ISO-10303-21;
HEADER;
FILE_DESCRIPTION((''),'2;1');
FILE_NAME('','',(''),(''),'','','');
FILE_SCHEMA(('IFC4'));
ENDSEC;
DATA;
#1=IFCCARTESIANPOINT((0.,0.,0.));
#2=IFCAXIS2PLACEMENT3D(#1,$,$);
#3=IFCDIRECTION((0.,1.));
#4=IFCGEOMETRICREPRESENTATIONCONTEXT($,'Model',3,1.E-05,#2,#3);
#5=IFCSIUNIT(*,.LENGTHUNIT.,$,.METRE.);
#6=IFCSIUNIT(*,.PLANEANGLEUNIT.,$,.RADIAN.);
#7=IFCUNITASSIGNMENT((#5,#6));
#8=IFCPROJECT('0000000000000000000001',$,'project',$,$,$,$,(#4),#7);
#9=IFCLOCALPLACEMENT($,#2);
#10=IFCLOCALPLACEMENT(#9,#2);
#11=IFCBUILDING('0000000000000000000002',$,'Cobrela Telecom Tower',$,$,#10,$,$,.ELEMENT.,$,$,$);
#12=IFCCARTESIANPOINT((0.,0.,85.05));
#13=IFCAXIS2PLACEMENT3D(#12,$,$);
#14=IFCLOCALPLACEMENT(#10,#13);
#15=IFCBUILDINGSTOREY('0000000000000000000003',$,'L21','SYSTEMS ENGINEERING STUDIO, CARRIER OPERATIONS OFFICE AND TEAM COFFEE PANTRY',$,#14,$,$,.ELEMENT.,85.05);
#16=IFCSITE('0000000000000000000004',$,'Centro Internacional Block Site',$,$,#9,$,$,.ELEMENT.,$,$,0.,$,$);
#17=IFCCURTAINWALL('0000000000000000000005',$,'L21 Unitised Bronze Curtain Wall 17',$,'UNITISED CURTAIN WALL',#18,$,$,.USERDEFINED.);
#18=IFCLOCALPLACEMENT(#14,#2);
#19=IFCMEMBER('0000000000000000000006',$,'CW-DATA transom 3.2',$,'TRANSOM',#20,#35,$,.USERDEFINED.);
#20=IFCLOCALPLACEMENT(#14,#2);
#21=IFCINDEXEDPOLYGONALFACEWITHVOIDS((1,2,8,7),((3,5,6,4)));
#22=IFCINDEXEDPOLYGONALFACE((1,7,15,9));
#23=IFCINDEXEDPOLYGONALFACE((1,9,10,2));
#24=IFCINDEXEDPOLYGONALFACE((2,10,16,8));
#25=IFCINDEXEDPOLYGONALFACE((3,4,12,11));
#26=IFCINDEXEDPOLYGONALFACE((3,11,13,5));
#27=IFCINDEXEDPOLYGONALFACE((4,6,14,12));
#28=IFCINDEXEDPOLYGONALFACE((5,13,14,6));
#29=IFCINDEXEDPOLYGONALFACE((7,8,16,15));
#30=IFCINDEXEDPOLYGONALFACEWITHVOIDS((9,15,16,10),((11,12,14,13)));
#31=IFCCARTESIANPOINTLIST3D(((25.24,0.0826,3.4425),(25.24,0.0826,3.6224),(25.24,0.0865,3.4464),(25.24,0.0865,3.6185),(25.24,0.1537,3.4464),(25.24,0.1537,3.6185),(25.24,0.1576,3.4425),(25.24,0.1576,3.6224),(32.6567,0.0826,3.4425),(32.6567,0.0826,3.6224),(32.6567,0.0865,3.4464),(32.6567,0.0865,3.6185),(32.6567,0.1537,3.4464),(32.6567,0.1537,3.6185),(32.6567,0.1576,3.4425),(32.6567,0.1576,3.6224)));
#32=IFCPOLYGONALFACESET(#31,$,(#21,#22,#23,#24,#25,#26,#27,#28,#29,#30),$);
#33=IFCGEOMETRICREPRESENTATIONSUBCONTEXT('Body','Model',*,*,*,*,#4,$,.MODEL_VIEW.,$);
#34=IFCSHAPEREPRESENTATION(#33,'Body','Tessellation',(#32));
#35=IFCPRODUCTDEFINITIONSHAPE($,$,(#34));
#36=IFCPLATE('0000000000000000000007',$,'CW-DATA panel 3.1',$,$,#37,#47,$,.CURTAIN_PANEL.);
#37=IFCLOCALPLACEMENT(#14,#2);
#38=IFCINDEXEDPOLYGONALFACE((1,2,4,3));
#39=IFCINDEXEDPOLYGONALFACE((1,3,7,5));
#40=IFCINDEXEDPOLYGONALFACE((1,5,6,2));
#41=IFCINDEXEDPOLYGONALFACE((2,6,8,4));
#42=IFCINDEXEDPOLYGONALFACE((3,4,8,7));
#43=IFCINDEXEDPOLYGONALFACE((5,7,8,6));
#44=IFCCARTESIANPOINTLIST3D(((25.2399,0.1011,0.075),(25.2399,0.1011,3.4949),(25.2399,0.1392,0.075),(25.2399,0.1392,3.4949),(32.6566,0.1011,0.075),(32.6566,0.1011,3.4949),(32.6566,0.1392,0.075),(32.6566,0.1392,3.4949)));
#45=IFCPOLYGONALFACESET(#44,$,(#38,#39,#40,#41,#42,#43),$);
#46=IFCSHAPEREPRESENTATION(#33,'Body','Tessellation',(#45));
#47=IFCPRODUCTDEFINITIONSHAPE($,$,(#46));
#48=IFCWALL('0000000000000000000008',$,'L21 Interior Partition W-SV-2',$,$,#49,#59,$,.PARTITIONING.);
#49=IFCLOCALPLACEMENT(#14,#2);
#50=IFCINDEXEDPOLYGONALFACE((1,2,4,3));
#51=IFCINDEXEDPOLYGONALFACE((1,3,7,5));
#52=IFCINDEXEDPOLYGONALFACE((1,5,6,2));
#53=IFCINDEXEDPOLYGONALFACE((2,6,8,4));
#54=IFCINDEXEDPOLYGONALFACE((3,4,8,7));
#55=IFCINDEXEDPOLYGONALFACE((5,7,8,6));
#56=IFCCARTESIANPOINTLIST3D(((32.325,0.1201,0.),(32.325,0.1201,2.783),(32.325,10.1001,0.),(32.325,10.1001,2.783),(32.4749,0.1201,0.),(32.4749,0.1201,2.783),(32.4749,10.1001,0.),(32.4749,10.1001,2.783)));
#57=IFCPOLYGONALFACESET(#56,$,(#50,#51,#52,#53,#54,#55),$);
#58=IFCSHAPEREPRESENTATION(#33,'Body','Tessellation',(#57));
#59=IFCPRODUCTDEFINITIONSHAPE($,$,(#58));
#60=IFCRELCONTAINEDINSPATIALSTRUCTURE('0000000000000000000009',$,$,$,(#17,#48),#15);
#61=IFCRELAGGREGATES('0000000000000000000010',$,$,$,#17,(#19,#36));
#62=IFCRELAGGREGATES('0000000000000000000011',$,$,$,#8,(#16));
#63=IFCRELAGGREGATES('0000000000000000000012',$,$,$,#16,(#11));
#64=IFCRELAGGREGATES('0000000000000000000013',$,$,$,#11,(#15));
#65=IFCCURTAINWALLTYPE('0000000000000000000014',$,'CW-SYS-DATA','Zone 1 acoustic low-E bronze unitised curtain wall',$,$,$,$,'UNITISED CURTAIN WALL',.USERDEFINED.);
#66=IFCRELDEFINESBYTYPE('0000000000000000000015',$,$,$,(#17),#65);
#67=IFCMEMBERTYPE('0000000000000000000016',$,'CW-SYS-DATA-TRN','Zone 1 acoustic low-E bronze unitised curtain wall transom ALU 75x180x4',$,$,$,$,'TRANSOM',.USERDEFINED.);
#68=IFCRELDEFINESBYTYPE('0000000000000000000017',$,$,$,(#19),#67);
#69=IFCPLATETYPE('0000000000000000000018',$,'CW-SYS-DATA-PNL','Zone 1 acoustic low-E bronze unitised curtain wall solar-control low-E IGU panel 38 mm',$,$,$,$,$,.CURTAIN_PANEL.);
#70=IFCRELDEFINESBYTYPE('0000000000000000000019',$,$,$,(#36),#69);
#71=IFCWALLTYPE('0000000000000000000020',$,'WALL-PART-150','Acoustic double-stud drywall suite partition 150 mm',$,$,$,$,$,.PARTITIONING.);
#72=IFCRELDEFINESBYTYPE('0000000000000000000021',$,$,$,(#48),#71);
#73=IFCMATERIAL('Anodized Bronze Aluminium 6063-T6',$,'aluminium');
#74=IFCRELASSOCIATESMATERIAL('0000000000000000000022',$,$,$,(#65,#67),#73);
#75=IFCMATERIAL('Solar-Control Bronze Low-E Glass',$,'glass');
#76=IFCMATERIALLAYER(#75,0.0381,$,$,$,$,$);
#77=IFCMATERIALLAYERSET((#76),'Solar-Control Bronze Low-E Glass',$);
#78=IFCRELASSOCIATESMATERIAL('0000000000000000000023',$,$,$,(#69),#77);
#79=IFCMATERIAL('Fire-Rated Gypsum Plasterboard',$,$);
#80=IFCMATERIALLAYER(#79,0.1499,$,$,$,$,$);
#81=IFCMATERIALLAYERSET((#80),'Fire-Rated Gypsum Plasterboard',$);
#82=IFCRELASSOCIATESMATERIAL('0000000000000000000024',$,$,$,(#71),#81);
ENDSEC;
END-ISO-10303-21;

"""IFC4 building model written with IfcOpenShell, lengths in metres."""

from ifc_helpers import new_model, si_unit, direction, frame, frame_2d, origin, origin_2d, place, context, subcontext, project, spatial, rectangle, hollow_rectangle, extrude, material, layer, layer_set, material_profile, profile_set, type_object, element, aggregate, save


model = new_model("IFC4")

# Units and contexts
model_context = context("Model", 3, precision=1e-05, world=origin(), true_north=direction((0.0, 1.0)))
body_context = subcontext(model_context, "Body", "Model", "MODEL_VIEW")
ifc_project = project(units=[si_unit("LENGTHUNIT", "METRE"), si_unit("PLANEANGLEUNIT", "RADIAN")], contexts=[model_context])

# Site, building, storey
site_placement = place(None, origin())
site = spatial("IfcSite", under=ifc_project, at=site_placement, Name="Centro Internacional Block Site", CompositionType="ELEMENT", RefElevation=0.0)
building_placement = place(site_placement, origin())
building = spatial("IfcBuilding", under=site, at=building_placement, Name="Cobrela Telecom Tower", CompositionType="ELEMENT")
storey_placement = place(building_placement, frame((0.0, 0.0, 85.05)))
storey = spatial("IfcBuildingStorey", under=building, at=storey_placement, Name="L21", Description="SYSTEMS ENGINEERING STUDIO, CARRIER OPERATIONS OFFICE AND TEAM COFFEE PANTRY", CompositionType="ELEMENT", Elevation=85.05)

# Curtain wall, member, plate
ifc_material_1 = material(Name="Anodized Bronze Aluminium 6063-T6", Category="aluminium")
curtain_wall_type = type_object("IfcCurtainWallType", Name="CW-SYS-DATA", Description="Zone 1 acoustic low-E bronze unitised curtain wall", ElementType="UNITISED CURTAIN WALL", PredefinedType="USERDEFINED", material=ifc_material_1)
curtain_wall_placement = place(storey_placement, origin())
curtain_wall = element("IfcCurtainWall", 1, at=curtain_wall_placement, inside=storey, type_object=curtain_wall_type, Name="L21 Unitised Bronze Curtain Wall 17", ObjectType="UNITISED CURTAIN WALL", PredefinedType="USERDEFINED")
ifc_material_profile_1 = material_profile(ifc_material_1, hollow_rectangle(XDim=0.075, YDim=0.1799, WallThickness=0.0039, at=origin_2d()), Name="ALU 75x180x4")
ifc_profile_set_1 = profile_set([ifc_material_profile_1], Name="Anodized Bronze Aluminium 6063-T6")
member_type_1 = type_object("IfcMemberType", Name="CW-SYS-DATA-TRN", Description="Zone 1 acoustic low-E bronze unitised curtain wall transom ALU 75x180x4", ElementType="TRANSOM", PredefinedType="USERDEFINED", material=ifc_profile_set_1)
member_1_placement = place(storey_placement, frame((32.6567, 0.1201, 3.5325), z_axis=(-1.0, 0.0, 0.0), x_axis=(0.0, -1.0, 0.0)))
member_1 = element("IfcMember", 2, at=member_1_placement, type_object=member_type_1, Name="CW-DATA transom 3.2", ObjectType="TRANSOM", PredefinedType="USERDEFINED", context=body_context, shape_type="SweptSolid", body=[
    extrude(hollow_rectangle(XDim=0.075, YDim=0.1799, WallThickness=0.0039, at=origin_2d()), origin(), (0.0, 0.0, 1.0), 7.4167),
])
ifc_material_2 = material(Name="Solar-Control Bronze Low-E Glass", Category="glass")
ifc_layer_1 = layer(ifc_material_2, 0.0381)
ifc_layer_set_1 = layer_set([ifc_layer_1], Name="Solar-Control Bronze Low-E Glass")
plate_type = type_object("IfcPlateType", Name="CW-SYS-DATA-PNL", Description="Zone 1 acoustic low-E bronze unitised curtain wall solar-control low-E IGU panel 38 mm", PredefinedType="CURTAIN_PANEL", material=ifc_layer_set_1)
plate_placement = place(storey_placement, frame((28.9482, 0.1201, 0.075), z_axis=(0.0, 0.0, 1.0), x_axis=(-1.0, 0.0, 0.0)))
plate = element("IfcPlate", 3, at=plate_placement, type_object=plate_type, Name="CW-DATA panel 3.1", PredefinedType="CURTAIN_PANEL", context=body_context, shape_type="SweptSolid", body=[
    extrude(rectangle(XDim=7.4167, YDim=0.0381, at=origin_2d()), origin(), (0.0, 0.0, 1.0), 3.4199),
])
aggregate(curtain_wall, [member_1, plate])

# Wall
ifc_material_3 = material(Name="Fire-Rated Gypsum Plasterboard")
ifc_layer_2 = layer(ifc_material_3, 0.1499)
ifc_layer_set_2 = layer_set([ifc_layer_2], Name="Fire-Rated Gypsum Plasterboard")
wall_type = type_object("IfcWallType", Name="WALL-PART-150", Description="Acoustic double-stud drywall suite partition 150 mm", PredefinedType="PARTITIONING", material=ifc_layer_set_2)
wall_placement = place(storey_placement, frame((32.3999, 0.1201, 0.0), z_axis=(0.0, 0.0, 1.0), x_axis=(0.0, 1.0, 0.0)))
element("IfcWall", 4, at=wall_placement, inside=storey, type_object=wall_type, Name="L21 Interior Partition W-SV-2", PredefinedType="PARTITIONING", context=body_context, shape_type="SweptSolid", body=[
    extrude(rectangle(XDim=9.98, YDim=0.1499, at=frame_2d((4.99, 0.0))), origin(), (0.0, 0.0, 1.0), 2.783),
])

save(model, "model.ifc")
